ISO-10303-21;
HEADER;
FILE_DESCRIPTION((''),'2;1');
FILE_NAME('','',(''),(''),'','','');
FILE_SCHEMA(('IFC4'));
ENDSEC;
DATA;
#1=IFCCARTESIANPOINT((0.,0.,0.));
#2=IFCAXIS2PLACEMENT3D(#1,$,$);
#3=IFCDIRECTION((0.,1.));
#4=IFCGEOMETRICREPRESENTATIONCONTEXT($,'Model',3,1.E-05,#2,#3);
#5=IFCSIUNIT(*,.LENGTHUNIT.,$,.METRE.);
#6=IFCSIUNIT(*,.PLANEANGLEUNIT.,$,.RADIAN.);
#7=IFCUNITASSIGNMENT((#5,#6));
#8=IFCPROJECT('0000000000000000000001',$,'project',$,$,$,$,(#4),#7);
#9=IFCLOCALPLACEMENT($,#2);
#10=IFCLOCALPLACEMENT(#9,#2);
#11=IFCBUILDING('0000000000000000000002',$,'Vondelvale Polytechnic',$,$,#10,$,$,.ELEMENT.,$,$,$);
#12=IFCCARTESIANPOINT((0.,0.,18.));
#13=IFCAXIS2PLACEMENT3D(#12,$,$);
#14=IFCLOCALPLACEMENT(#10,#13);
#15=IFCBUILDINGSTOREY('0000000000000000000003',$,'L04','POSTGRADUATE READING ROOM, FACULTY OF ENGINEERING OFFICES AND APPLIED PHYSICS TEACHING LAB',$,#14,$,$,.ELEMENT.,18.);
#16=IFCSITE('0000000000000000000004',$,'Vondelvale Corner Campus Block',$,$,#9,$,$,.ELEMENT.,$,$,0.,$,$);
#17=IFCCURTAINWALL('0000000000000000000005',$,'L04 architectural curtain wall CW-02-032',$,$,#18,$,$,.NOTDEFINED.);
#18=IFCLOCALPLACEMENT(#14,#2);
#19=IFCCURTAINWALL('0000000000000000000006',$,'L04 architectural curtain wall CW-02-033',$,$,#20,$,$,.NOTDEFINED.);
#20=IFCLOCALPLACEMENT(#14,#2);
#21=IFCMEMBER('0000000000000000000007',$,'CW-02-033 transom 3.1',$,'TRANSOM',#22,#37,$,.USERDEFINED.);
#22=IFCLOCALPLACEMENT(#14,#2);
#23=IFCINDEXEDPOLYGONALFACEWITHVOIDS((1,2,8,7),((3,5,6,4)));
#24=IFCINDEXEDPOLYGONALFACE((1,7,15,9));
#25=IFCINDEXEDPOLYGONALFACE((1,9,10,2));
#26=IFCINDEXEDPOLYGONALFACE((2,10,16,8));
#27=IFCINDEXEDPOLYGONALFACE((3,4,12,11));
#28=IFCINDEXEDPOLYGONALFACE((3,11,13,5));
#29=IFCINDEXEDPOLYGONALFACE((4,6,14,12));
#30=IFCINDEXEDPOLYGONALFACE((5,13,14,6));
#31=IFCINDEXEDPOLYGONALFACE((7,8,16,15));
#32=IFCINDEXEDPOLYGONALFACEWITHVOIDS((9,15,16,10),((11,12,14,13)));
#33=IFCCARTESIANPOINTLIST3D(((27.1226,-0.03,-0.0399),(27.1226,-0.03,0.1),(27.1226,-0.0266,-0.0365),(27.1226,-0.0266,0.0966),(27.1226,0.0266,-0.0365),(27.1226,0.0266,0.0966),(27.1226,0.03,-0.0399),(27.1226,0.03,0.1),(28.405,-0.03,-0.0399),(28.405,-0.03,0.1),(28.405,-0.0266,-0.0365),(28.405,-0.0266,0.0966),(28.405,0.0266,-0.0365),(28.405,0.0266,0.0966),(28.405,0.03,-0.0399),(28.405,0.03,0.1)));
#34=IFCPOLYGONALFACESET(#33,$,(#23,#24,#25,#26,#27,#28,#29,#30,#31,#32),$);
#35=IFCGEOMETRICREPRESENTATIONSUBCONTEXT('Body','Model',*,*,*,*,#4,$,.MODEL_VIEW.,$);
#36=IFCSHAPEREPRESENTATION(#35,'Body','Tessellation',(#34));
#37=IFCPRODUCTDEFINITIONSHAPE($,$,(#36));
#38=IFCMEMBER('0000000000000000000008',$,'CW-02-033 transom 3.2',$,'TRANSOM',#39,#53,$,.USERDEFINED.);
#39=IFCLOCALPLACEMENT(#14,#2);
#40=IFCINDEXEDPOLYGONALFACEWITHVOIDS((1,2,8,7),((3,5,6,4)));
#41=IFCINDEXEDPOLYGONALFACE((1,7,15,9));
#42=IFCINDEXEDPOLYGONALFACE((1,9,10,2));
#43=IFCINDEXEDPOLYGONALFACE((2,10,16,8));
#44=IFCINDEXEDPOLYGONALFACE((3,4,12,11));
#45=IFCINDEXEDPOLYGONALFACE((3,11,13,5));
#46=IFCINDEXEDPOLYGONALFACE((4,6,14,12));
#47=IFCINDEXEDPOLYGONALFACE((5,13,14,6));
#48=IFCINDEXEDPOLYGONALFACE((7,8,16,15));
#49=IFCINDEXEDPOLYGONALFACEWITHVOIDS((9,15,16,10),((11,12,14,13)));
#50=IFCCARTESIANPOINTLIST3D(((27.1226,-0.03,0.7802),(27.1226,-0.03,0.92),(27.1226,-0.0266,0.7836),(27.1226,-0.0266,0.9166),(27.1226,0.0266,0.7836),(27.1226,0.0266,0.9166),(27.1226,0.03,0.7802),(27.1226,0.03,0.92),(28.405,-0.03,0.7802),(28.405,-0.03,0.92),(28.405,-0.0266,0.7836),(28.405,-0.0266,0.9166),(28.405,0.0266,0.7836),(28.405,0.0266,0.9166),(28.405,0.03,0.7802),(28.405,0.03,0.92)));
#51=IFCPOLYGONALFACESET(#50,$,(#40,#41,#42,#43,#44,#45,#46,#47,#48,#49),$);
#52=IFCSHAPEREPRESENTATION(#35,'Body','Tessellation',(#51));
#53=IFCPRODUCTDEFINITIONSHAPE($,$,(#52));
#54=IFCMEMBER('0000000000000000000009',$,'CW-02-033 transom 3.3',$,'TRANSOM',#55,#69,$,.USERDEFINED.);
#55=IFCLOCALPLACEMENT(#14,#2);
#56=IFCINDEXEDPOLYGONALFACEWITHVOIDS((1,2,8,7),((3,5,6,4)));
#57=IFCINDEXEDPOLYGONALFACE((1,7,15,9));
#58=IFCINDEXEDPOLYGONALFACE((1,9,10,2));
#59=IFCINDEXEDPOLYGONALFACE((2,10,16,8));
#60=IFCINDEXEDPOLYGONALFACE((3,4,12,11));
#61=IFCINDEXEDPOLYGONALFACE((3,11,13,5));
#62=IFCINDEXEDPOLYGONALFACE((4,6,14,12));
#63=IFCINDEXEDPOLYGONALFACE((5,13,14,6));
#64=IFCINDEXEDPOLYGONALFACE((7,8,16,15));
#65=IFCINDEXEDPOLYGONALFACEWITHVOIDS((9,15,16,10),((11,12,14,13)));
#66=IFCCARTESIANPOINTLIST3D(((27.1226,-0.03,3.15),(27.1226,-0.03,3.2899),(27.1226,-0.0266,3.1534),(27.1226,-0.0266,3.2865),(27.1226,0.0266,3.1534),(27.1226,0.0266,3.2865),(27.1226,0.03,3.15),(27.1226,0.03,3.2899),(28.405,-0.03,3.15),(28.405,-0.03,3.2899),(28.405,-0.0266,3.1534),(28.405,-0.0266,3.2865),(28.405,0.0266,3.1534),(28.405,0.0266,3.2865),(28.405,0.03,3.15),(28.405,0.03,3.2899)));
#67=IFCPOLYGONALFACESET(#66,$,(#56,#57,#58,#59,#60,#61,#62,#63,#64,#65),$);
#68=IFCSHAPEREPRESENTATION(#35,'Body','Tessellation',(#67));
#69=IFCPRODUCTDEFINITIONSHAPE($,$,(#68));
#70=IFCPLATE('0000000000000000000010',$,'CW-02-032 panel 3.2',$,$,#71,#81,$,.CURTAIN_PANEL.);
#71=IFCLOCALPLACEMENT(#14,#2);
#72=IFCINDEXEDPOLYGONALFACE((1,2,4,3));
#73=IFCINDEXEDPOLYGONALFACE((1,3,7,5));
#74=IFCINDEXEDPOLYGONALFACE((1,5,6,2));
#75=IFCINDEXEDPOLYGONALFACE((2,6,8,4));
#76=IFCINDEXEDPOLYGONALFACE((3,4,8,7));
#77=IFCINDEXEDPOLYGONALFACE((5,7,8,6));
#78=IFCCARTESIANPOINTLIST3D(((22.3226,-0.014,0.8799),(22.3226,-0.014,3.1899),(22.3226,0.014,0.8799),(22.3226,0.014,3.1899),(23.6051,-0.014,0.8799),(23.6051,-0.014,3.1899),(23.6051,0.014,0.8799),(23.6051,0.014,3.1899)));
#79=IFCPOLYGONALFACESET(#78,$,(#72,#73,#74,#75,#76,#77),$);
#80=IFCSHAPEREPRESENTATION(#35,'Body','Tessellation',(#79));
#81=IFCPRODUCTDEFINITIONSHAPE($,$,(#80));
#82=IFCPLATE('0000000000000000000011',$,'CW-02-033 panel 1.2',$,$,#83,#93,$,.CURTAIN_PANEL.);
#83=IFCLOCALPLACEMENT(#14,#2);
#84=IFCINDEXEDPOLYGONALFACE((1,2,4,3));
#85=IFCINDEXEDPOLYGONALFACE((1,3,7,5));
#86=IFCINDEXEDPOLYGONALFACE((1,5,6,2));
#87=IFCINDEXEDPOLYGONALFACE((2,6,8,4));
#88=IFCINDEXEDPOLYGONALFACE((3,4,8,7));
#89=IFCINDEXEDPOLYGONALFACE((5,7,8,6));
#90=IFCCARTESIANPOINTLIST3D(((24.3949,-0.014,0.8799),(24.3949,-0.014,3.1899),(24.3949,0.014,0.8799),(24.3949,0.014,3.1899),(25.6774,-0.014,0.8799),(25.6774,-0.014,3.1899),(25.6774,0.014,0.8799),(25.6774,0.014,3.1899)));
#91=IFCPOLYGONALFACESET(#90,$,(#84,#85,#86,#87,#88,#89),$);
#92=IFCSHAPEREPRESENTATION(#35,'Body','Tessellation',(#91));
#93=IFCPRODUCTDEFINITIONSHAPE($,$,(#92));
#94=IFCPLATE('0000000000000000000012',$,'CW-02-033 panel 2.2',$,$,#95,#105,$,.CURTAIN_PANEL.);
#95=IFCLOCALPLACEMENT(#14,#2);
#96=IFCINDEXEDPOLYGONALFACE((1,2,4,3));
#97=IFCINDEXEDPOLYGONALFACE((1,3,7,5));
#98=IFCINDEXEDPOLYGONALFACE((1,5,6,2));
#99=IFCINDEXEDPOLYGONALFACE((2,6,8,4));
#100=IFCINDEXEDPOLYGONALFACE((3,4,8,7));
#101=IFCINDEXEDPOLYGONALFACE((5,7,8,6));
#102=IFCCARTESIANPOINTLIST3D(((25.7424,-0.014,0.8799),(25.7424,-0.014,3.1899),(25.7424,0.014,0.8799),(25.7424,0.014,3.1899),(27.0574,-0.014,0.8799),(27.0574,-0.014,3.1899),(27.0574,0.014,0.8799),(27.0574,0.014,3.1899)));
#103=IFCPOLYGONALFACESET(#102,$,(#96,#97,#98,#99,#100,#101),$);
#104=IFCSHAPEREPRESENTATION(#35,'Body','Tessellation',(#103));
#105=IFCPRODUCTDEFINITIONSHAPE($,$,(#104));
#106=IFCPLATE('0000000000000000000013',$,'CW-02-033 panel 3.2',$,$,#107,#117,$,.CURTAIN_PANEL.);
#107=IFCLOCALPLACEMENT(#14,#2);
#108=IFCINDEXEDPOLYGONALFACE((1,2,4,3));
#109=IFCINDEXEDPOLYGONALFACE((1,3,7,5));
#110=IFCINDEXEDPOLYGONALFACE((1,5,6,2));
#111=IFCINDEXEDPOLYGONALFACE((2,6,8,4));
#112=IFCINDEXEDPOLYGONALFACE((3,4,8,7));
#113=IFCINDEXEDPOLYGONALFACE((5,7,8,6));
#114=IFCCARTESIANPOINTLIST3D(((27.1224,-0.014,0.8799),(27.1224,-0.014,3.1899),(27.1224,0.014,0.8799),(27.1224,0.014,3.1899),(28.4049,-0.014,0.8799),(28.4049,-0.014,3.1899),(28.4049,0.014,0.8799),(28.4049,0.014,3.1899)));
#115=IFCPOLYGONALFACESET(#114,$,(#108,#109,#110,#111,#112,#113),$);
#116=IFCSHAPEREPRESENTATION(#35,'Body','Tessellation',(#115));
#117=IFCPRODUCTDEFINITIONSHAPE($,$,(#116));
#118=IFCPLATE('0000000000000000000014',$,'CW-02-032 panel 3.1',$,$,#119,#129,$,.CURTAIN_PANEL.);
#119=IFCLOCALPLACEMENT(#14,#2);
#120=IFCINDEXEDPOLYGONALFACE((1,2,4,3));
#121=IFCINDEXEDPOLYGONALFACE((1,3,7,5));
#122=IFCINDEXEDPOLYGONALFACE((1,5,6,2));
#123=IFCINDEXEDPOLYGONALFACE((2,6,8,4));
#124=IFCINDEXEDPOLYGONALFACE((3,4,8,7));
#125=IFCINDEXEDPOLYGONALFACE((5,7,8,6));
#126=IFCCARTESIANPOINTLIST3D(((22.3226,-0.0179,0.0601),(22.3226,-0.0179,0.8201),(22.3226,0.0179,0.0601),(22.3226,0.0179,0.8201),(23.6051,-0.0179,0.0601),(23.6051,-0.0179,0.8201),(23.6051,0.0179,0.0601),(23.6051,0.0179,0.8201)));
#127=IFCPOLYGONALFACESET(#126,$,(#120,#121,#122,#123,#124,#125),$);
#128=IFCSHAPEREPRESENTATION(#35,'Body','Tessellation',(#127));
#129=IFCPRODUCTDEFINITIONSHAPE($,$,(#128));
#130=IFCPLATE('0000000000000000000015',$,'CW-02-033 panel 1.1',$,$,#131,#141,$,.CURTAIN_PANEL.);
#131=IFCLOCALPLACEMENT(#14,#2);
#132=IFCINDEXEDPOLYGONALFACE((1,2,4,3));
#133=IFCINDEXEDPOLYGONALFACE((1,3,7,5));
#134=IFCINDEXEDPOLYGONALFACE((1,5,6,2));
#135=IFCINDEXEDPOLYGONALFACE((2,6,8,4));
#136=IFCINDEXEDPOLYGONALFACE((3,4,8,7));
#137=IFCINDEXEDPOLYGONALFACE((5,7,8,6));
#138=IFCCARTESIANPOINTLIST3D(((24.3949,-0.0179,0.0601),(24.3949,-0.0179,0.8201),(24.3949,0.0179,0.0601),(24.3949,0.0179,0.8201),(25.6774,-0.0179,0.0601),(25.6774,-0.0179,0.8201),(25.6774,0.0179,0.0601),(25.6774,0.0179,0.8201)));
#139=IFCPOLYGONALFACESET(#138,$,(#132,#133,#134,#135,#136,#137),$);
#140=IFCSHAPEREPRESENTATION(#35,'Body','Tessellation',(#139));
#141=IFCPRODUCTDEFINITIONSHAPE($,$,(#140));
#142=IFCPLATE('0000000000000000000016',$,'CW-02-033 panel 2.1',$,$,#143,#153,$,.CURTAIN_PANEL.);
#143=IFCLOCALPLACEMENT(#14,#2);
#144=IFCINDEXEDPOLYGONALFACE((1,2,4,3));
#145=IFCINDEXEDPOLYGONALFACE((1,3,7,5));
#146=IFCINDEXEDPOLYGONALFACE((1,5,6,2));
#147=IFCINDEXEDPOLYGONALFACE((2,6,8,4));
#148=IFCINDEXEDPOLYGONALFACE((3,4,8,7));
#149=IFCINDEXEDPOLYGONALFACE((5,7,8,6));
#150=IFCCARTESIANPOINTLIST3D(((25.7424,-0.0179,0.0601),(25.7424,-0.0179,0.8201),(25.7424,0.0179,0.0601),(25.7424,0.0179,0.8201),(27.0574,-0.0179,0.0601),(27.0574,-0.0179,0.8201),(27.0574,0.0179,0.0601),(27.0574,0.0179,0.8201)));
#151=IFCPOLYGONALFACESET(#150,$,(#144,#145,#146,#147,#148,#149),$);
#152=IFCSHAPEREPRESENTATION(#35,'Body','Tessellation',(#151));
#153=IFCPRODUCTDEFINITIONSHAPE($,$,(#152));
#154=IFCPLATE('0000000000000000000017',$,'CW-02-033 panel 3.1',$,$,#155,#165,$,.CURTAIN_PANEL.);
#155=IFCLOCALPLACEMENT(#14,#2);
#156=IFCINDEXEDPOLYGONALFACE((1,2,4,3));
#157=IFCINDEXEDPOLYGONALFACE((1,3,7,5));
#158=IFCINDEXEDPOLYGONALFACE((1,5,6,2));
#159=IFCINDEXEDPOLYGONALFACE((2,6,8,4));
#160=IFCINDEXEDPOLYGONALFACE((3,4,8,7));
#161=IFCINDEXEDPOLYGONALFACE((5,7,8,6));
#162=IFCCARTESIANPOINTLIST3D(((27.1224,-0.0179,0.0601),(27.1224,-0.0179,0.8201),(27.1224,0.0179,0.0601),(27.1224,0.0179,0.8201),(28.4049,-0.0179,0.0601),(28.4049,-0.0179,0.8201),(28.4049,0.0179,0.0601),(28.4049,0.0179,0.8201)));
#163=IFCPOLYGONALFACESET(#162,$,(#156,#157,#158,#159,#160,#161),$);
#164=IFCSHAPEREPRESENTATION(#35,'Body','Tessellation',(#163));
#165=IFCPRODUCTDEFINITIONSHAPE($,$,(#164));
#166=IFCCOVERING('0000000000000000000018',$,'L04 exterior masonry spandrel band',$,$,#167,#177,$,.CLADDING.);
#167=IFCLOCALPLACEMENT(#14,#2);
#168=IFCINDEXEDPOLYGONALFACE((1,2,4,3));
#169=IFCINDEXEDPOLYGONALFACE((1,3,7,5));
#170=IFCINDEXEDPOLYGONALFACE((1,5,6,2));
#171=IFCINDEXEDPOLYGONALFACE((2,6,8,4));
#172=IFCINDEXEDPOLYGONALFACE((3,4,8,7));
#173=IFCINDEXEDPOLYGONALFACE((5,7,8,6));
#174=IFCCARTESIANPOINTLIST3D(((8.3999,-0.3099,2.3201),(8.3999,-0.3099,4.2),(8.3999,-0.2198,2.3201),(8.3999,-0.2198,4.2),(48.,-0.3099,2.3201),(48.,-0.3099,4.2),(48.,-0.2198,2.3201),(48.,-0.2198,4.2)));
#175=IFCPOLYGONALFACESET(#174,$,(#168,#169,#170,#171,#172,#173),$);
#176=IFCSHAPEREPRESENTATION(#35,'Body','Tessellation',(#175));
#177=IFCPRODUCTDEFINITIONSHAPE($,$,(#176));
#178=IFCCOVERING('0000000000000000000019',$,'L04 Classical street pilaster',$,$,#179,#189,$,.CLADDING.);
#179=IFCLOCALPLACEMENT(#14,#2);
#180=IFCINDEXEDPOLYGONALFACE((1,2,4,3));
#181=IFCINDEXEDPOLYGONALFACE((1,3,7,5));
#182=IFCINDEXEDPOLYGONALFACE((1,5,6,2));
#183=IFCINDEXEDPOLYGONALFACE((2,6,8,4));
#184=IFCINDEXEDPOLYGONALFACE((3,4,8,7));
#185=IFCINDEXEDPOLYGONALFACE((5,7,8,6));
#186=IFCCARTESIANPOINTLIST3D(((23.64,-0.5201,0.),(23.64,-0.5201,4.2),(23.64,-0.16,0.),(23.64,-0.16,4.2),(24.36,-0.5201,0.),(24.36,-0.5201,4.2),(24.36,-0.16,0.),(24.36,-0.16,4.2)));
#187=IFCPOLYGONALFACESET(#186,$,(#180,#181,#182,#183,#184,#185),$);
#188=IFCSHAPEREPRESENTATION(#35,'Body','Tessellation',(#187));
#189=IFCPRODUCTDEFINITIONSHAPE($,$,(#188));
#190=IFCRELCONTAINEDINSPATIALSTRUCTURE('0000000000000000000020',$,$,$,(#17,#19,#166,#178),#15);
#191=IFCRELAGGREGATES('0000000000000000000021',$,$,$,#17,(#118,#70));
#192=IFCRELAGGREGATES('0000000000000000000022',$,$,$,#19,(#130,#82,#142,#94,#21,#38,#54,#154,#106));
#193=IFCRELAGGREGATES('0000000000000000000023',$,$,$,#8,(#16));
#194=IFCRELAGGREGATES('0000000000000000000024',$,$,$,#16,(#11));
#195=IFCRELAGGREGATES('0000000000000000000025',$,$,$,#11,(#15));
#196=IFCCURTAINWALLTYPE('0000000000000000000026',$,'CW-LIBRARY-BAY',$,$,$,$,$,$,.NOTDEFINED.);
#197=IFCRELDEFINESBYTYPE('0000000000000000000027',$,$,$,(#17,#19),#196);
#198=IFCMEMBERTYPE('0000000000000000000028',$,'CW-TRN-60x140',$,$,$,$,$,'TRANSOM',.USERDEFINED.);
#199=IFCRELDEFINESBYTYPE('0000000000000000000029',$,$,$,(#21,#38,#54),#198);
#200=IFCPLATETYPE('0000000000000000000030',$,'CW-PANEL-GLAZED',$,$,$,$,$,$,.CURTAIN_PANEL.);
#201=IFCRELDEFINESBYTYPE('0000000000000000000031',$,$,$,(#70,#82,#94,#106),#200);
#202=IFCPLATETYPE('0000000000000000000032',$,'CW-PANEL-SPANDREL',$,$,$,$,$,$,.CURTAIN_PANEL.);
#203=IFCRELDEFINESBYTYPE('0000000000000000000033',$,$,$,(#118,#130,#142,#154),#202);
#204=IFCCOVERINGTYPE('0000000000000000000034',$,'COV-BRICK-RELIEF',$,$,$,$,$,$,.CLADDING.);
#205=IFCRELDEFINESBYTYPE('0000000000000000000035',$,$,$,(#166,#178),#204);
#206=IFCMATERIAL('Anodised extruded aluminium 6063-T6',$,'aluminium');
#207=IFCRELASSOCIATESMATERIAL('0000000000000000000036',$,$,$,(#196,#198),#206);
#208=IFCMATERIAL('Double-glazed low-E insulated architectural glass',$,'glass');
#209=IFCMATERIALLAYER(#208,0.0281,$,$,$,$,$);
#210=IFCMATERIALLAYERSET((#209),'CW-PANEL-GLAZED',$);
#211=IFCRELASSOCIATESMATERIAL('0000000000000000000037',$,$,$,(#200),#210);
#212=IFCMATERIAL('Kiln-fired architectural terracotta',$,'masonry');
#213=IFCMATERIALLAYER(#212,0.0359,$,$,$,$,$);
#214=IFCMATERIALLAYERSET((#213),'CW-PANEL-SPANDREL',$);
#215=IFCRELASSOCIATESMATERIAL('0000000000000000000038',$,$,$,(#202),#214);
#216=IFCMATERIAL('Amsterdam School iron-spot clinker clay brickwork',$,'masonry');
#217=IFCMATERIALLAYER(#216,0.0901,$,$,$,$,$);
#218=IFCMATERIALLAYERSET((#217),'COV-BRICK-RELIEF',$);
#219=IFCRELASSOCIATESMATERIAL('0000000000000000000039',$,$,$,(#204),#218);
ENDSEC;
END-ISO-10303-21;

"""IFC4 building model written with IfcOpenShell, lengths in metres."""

from ifc_helpers import new_model, si_unit, direction, frame, origin, origin_2d, place, context, subcontext, project, spatial, rectangle, hollow_rectangle, extrude, material, layer, layer_set, material_profile, profile_set, type_object, element, aggregate, save


model = new_model("IFC4")

# Units and contexts
model_context = context("Model", 3, precision=1e-05, world=origin(), true_north=direction((0.0, 1.0)))
body_context = subcontext(model_context, "Body", "Model", "MODEL_VIEW")
ifc_project = project(units=[si_unit("LENGTHUNIT", "METRE"), si_unit("PLANEANGLEUNIT", "RADIAN")], contexts=[model_context])

# Site, building, storey
site_placement = place(None, origin())
site = spatial("IfcSite", under=ifc_project, at=site_placement, Name="Vondelvale Corner Campus Block", CompositionType="ELEMENT", RefElevation=0.0)
building_placement = place(site_placement, origin())
building = spatial("IfcBuilding", under=site, at=building_placement, Name="Vondelvale Polytechnic", CompositionType="ELEMENT")
storey_placement = place(building_placement, frame((0.0, 0.0, 18.0)))
storey = spatial("IfcBuildingStorey", under=building, at=storey_placement, Name="L04", Description="POSTGRADUATE READING ROOM, FACULTY OF ENGINEERING OFFICES AND APPLIED PHYSICS TEACHING LAB", CompositionType="ELEMENT", Elevation=18.0)

# Curtain wall
ifc_material_1 = material(Name="Anodised extruded aluminium 6063-T6", Category="aluminium")
curtain_wall_type = type_object("IfcCurtainWallType", Name="CW-LIBRARY-BAY", PredefinedType="NOTDEFINED", material=ifc_material_1)
curtain_wall_1_placement = place(storey_placement, origin())
curtain_wall_1 = element("IfcCurtainWall", 1, at=curtain_wall_1_placement, inside=storey, type_object=curtain_wall_type, Name="L04 architectural curtain wall CW-02-032", PredefinedType="NOTDEFINED")

# Curtain wall, members
curtain_wall_2_placement = place(storey_placement, origin())
curtain_wall_2 = element("IfcCurtainWall", 2, at=curtain_wall_2_placement, inside=storey, type_object=curtain_wall_type, Name="L04 architectural curtain wall CW-02-033", PredefinedType="NOTDEFINED")
ifc_material_profile_1 = material_profile(ifc_material_1, hollow_rectangle(XDim=0.0601, YDim=0.1399, WallThickness=0.0034, at=origin_2d()), Name="CW-TRN-140x60")
ifc_profile_set_1 = profile_set([ifc_material_profile_1], Name="Anodised extruded aluminium 6063-T6")
member_type_1 = type_object("IfcMemberType", Name="CW-TRN-60x140", ElementType="TRANSOM", PredefinedType="USERDEFINED", material=ifc_profile_set_1)
member_1_placement = place(storey_placement, frame((27.1226, 0.0, 0.03), z_axis=(1.0, 0.0, 0.0), x_axis=(0.0, 1.0, 0.0)))
member_1 = element("IfcMember", 3, at=member_1_placement, type_object=member_type_1, Name="CW-02-033 transom 3.1", ObjectType="TRANSOM", PredefinedType="USERDEFINED", context=body_context, shape_type="SweptSolid", body=[
    extrude(hollow_rectangle(XDim=0.0601, YDim=0.1399, WallThickness=0.0034, at=origin_2d()), origin(), (0.0, 0.0, 1.0), 1.2825),
])
member_2_placement = place(storey_placement, frame((27.1226, 0.0, 0.8501), z_axis=(1.0, 0.0, 0.0), x_axis=(0.0, 1.0, 0.0)))
member_2 = element("IfcMember", 4, at=member_2_placement, type_object=member_type_1, Name="CW-02-033 transom 3.2", ObjectType="TRANSOM", PredefinedType="USERDEFINED", context=body_context, shape_type="SweptSolid", body=[
    extrude(hollow_rectangle(XDim=0.0601, YDim=0.1399, WallThickness=0.0034, at=origin_2d()), origin(), (0.0, 0.0, 1.0), 1.2825),
])
member_3_placement = place(storey_placement, frame((27.1226, 0.0, 3.22), z_axis=(1.0, 0.0, 0.0), x_axis=(0.0, 1.0, 0.0)))
member_3 = element("IfcMember", 5, at=member_3_placement, type_object=member_type_1, Name="CW-02-033 transom 3.3", ObjectType="TRANSOM", PredefinedType="USERDEFINED", context=body_context, shape_type="SweptSolid", body=[
    extrude(hollow_rectangle(XDim=0.0601, YDim=0.1399, WallThickness=0.0034, at=origin_2d()), origin(), (0.0, 0.0, 1.0), 1.2825),
])

# Plates
ifc_material_2 = material(Name="Double-glazed low-E insulated architectural glass", Category="glass")
ifc_layer_1 = layer(ifc_material_2, 0.0281)
ifc_layer_set_1 = layer_set([ifc_layer_1], Name="CW-PANEL-GLAZED")
plate_type_1 = type_object("IfcPlateType", Name="CW-PANEL-GLAZED", PredefinedType="CURTAIN_PANEL", material=ifc_layer_set_1)
plate_1_placement = place(storey_placement, frame((22.9639, 0.0, 0.8799), z_axis=(0.0, 0.0, 1.0), x_axis=(1.0, 0.0, 0.0)))
plate_1 = element("IfcPlate", 6, at=plate_1_placement, type_object=plate_type_1, Name="CW-02-032 panel 3.2", PredefinedType="CURTAIN_PANEL", context=body_context, shape_type="SweptSolid", body=[
    extrude(rectangle(XDim=1.2825, YDim=0.0281, at=origin_2d()), origin(), (0.0, 0.0, 1.0), 2.3101),
])
plate_2_placement = place(storey_placement, frame((25.0361, 0.0, 0.8799), z_axis=(0.0, 0.0, 1.0), x_axis=(1.0, 0.0, 0.0)))
plate_2 = element("IfcPlate", 7, at=plate_2_placement, type_object=plate_type_1, Name="CW-02-033 panel 1.2", PredefinedType="CURTAIN_PANEL", context=body_context, shape_type="SweptSolid", body=[
    extrude(rectangle(XDim=1.2825, YDim=0.0281, at=origin_2d()), origin(), (0.0, 0.0, 1.0), 2.3101),
])
plate_3_placement = place(storey_placement, frame((26.3999, 0.0, 0.8799), z_axis=(0.0, 0.0, 1.0), x_axis=(1.0, 0.0, 0.0)))
plate_3 = element("IfcPlate", 8, at=plate_3_placement, type_object=plate_type_1, Name="CW-02-033 panel 2.2", PredefinedType="CURTAIN_PANEL", context=body_context, shape_type="SweptSolid", body=[
    extrude(rectangle(XDim=1.3149, YDim=0.0281, at=origin_2d()), origin(), (0.0, 0.0, 1.0), 2.3101),
])
plate_4_placement = place(storey_placement, frame((27.7637, 0.0, 0.8799), z_axis=(0.0, 0.0, 1.0), x_axis=(1.0, 0.0, 0.0)))
plate_4 = element("IfcPlate", 9, at=plate_4_placement, type_object=plate_type_1, Name="CW-02-033 panel 3.2", PredefinedType="CURTAIN_PANEL", context=body_context, shape_type="SweptSolid", body=[
    extrude(rectangle(XDim=1.2825, YDim=0.0281, at=origin_2d()), origin(), (0.0, 0.0, 1.0), 2.3101),
])
ifc_material_3 = material(Name="Kiln-fired architectural terracotta", Category="masonry")
ifc_layer_2 = layer(ifc_material_3, 0.0359)
ifc_layer_set_2 = layer_set([ifc_layer_2], Name="CW-PANEL-SPANDREL")
plate_type_2 = type_object("IfcPlateType", Name="CW-PANEL-SPANDREL", PredefinedType="CURTAIN_PANEL", material=ifc_layer_set_2)
plate_5_placement = place(storey_placement, frame((22.9639, 0.0, 0.0601), z_axis=(0.0, 0.0, 1.0), x_axis=(1.0, 0.0, 0.0)))
plate_5 = element("IfcPlate", 10, at=plate_5_placement, type_object=plate_type_2, Name="CW-02-032 panel 3.1", PredefinedType="CURTAIN_PANEL", context=body_context, shape_type="SweptSolid", body=[
    extrude(rectangle(XDim=1.2825, YDim=0.0359, at=origin_2d()), origin(), (0.0, 0.0, 1.0), 0.76),
])
aggregate(curtain_wall_1, [plate_5, plate_1])
plate_6_placement = place(storey_placement, frame((25.0361, 0.0, 0.0601), z_axis=(0.0, 0.0, 1.0), x_axis=(1.0, 0.0, 0.0)))
plate_6 = element("IfcPlate", 11, at=plate_6_placement, type_object=plate_type_2, Name="CW-02-033 panel 1.1", PredefinedType="CURTAIN_PANEL", context=body_context, shape_type="SweptSolid", body=[
    extrude(rectangle(XDim=1.2825, YDim=0.0359, at=origin_2d()), origin(), (0.0, 0.0, 1.0), 0.76),
])
plate_7_placement = place(storey_placement, frame((26.3999, 0.0, 0.0601), z_axis=(0.0, 0.0, 1.0), x_axis=(1.0, 0.0, 0.0)))
plate_7 = element("IfcPlate", 12, at=plate_7_placement, type_object=plate_type_2, Name="CW-02-033 panel 2.1", PredefinedType="CURTAIN_PANEL", context=body_context, shape_type="SweptSolid", body=[
    extrude(rectangle(XDim=1.3149, YDim=0.0359, at=origin_2d()), origin(), (0.0, 0.0, 1.0), 0.76),
])
plate_8_placement = place(storey_placement, frame((27.7637, 0.0, 0.0601), z_axis=(0.0, 0.0, 1.0), x_axis=(1.0, 0.0, 0.0)))
plate_8 = element("IfcPlate", 13, at=plate_8_placement, type_object=plate_type_2, Name="CW-02-033 panel 3.1", PredefinedType="CURTAIN_PANEL", context=body_context, shape_type="SweptSolid", body=[
    extrude(rectangle(XDim=1.2825, YDim=0.0359, at=origin_2d()), origin(), (0.0, 0.0, 1.0), 0.76),
])
aggregate(curtain_wall_2, [plate_6, plate_2, plate_7, plate_3, member_1, member_2, member_3, plate_8, plate_4])

# Coverings
ifc_material_4 = material(Name="Amsterdam School iron-spot clinker clay brickwork", Category="masonry")
ifc_layer_3 = layer(ifc_material_4, 0.0901)
ifc_layer_set_3 = layer_set([ifc_layer_3], Name="COV-BRICK-RELIEF")
covering_type = type_object("IfcCoveringType", Name="COV-BRICK-RELIEF", PredefinedType="CLADDING", material=ifc_layer_set_3)
covering_1_placement = place(storey_placement, frame((28.2, -0.2649, 2.3201), z_axis=(0.0, 0.0, 1.0), x_axis=(1.0, 0.0, 0.0)))
element("IfcCovering", 14, at=covering_1_placement, inside=storey, type_object=covering_type, Name="L04 exterior masonry spandrel band", PredefinedType="CLADDING", context=body_context, shape_type="SweptSolid", body=[
    extrude(rectangle(XDim=39.6001, YDim=0.0901, at=origin_2d()), origin(), (0.0, 0.0, 1.0), 1.8799),
])
covering_2_placement = place(storey_placement, frame((24.0, -0.3401, 0.0), z_axis=(0.0, 0.0, 1.0), x_axis=(1.0, 0.0, 0.0)))
element("IfcCovering", 15, at=covering_2_placement, inside=storey, type_object=covering_type, Name="L04 Classical street pilaster", PredefinedType="CLADDING", context=body_context, shape_type="SweptSolid", body=[
    extrude(rectangle(XDim=0.72, YDim=0.3601, at=origin_2d()), origin(), (0.0, 0.0, 1.0), 4.2),
])

save(model, "model.ifc")
